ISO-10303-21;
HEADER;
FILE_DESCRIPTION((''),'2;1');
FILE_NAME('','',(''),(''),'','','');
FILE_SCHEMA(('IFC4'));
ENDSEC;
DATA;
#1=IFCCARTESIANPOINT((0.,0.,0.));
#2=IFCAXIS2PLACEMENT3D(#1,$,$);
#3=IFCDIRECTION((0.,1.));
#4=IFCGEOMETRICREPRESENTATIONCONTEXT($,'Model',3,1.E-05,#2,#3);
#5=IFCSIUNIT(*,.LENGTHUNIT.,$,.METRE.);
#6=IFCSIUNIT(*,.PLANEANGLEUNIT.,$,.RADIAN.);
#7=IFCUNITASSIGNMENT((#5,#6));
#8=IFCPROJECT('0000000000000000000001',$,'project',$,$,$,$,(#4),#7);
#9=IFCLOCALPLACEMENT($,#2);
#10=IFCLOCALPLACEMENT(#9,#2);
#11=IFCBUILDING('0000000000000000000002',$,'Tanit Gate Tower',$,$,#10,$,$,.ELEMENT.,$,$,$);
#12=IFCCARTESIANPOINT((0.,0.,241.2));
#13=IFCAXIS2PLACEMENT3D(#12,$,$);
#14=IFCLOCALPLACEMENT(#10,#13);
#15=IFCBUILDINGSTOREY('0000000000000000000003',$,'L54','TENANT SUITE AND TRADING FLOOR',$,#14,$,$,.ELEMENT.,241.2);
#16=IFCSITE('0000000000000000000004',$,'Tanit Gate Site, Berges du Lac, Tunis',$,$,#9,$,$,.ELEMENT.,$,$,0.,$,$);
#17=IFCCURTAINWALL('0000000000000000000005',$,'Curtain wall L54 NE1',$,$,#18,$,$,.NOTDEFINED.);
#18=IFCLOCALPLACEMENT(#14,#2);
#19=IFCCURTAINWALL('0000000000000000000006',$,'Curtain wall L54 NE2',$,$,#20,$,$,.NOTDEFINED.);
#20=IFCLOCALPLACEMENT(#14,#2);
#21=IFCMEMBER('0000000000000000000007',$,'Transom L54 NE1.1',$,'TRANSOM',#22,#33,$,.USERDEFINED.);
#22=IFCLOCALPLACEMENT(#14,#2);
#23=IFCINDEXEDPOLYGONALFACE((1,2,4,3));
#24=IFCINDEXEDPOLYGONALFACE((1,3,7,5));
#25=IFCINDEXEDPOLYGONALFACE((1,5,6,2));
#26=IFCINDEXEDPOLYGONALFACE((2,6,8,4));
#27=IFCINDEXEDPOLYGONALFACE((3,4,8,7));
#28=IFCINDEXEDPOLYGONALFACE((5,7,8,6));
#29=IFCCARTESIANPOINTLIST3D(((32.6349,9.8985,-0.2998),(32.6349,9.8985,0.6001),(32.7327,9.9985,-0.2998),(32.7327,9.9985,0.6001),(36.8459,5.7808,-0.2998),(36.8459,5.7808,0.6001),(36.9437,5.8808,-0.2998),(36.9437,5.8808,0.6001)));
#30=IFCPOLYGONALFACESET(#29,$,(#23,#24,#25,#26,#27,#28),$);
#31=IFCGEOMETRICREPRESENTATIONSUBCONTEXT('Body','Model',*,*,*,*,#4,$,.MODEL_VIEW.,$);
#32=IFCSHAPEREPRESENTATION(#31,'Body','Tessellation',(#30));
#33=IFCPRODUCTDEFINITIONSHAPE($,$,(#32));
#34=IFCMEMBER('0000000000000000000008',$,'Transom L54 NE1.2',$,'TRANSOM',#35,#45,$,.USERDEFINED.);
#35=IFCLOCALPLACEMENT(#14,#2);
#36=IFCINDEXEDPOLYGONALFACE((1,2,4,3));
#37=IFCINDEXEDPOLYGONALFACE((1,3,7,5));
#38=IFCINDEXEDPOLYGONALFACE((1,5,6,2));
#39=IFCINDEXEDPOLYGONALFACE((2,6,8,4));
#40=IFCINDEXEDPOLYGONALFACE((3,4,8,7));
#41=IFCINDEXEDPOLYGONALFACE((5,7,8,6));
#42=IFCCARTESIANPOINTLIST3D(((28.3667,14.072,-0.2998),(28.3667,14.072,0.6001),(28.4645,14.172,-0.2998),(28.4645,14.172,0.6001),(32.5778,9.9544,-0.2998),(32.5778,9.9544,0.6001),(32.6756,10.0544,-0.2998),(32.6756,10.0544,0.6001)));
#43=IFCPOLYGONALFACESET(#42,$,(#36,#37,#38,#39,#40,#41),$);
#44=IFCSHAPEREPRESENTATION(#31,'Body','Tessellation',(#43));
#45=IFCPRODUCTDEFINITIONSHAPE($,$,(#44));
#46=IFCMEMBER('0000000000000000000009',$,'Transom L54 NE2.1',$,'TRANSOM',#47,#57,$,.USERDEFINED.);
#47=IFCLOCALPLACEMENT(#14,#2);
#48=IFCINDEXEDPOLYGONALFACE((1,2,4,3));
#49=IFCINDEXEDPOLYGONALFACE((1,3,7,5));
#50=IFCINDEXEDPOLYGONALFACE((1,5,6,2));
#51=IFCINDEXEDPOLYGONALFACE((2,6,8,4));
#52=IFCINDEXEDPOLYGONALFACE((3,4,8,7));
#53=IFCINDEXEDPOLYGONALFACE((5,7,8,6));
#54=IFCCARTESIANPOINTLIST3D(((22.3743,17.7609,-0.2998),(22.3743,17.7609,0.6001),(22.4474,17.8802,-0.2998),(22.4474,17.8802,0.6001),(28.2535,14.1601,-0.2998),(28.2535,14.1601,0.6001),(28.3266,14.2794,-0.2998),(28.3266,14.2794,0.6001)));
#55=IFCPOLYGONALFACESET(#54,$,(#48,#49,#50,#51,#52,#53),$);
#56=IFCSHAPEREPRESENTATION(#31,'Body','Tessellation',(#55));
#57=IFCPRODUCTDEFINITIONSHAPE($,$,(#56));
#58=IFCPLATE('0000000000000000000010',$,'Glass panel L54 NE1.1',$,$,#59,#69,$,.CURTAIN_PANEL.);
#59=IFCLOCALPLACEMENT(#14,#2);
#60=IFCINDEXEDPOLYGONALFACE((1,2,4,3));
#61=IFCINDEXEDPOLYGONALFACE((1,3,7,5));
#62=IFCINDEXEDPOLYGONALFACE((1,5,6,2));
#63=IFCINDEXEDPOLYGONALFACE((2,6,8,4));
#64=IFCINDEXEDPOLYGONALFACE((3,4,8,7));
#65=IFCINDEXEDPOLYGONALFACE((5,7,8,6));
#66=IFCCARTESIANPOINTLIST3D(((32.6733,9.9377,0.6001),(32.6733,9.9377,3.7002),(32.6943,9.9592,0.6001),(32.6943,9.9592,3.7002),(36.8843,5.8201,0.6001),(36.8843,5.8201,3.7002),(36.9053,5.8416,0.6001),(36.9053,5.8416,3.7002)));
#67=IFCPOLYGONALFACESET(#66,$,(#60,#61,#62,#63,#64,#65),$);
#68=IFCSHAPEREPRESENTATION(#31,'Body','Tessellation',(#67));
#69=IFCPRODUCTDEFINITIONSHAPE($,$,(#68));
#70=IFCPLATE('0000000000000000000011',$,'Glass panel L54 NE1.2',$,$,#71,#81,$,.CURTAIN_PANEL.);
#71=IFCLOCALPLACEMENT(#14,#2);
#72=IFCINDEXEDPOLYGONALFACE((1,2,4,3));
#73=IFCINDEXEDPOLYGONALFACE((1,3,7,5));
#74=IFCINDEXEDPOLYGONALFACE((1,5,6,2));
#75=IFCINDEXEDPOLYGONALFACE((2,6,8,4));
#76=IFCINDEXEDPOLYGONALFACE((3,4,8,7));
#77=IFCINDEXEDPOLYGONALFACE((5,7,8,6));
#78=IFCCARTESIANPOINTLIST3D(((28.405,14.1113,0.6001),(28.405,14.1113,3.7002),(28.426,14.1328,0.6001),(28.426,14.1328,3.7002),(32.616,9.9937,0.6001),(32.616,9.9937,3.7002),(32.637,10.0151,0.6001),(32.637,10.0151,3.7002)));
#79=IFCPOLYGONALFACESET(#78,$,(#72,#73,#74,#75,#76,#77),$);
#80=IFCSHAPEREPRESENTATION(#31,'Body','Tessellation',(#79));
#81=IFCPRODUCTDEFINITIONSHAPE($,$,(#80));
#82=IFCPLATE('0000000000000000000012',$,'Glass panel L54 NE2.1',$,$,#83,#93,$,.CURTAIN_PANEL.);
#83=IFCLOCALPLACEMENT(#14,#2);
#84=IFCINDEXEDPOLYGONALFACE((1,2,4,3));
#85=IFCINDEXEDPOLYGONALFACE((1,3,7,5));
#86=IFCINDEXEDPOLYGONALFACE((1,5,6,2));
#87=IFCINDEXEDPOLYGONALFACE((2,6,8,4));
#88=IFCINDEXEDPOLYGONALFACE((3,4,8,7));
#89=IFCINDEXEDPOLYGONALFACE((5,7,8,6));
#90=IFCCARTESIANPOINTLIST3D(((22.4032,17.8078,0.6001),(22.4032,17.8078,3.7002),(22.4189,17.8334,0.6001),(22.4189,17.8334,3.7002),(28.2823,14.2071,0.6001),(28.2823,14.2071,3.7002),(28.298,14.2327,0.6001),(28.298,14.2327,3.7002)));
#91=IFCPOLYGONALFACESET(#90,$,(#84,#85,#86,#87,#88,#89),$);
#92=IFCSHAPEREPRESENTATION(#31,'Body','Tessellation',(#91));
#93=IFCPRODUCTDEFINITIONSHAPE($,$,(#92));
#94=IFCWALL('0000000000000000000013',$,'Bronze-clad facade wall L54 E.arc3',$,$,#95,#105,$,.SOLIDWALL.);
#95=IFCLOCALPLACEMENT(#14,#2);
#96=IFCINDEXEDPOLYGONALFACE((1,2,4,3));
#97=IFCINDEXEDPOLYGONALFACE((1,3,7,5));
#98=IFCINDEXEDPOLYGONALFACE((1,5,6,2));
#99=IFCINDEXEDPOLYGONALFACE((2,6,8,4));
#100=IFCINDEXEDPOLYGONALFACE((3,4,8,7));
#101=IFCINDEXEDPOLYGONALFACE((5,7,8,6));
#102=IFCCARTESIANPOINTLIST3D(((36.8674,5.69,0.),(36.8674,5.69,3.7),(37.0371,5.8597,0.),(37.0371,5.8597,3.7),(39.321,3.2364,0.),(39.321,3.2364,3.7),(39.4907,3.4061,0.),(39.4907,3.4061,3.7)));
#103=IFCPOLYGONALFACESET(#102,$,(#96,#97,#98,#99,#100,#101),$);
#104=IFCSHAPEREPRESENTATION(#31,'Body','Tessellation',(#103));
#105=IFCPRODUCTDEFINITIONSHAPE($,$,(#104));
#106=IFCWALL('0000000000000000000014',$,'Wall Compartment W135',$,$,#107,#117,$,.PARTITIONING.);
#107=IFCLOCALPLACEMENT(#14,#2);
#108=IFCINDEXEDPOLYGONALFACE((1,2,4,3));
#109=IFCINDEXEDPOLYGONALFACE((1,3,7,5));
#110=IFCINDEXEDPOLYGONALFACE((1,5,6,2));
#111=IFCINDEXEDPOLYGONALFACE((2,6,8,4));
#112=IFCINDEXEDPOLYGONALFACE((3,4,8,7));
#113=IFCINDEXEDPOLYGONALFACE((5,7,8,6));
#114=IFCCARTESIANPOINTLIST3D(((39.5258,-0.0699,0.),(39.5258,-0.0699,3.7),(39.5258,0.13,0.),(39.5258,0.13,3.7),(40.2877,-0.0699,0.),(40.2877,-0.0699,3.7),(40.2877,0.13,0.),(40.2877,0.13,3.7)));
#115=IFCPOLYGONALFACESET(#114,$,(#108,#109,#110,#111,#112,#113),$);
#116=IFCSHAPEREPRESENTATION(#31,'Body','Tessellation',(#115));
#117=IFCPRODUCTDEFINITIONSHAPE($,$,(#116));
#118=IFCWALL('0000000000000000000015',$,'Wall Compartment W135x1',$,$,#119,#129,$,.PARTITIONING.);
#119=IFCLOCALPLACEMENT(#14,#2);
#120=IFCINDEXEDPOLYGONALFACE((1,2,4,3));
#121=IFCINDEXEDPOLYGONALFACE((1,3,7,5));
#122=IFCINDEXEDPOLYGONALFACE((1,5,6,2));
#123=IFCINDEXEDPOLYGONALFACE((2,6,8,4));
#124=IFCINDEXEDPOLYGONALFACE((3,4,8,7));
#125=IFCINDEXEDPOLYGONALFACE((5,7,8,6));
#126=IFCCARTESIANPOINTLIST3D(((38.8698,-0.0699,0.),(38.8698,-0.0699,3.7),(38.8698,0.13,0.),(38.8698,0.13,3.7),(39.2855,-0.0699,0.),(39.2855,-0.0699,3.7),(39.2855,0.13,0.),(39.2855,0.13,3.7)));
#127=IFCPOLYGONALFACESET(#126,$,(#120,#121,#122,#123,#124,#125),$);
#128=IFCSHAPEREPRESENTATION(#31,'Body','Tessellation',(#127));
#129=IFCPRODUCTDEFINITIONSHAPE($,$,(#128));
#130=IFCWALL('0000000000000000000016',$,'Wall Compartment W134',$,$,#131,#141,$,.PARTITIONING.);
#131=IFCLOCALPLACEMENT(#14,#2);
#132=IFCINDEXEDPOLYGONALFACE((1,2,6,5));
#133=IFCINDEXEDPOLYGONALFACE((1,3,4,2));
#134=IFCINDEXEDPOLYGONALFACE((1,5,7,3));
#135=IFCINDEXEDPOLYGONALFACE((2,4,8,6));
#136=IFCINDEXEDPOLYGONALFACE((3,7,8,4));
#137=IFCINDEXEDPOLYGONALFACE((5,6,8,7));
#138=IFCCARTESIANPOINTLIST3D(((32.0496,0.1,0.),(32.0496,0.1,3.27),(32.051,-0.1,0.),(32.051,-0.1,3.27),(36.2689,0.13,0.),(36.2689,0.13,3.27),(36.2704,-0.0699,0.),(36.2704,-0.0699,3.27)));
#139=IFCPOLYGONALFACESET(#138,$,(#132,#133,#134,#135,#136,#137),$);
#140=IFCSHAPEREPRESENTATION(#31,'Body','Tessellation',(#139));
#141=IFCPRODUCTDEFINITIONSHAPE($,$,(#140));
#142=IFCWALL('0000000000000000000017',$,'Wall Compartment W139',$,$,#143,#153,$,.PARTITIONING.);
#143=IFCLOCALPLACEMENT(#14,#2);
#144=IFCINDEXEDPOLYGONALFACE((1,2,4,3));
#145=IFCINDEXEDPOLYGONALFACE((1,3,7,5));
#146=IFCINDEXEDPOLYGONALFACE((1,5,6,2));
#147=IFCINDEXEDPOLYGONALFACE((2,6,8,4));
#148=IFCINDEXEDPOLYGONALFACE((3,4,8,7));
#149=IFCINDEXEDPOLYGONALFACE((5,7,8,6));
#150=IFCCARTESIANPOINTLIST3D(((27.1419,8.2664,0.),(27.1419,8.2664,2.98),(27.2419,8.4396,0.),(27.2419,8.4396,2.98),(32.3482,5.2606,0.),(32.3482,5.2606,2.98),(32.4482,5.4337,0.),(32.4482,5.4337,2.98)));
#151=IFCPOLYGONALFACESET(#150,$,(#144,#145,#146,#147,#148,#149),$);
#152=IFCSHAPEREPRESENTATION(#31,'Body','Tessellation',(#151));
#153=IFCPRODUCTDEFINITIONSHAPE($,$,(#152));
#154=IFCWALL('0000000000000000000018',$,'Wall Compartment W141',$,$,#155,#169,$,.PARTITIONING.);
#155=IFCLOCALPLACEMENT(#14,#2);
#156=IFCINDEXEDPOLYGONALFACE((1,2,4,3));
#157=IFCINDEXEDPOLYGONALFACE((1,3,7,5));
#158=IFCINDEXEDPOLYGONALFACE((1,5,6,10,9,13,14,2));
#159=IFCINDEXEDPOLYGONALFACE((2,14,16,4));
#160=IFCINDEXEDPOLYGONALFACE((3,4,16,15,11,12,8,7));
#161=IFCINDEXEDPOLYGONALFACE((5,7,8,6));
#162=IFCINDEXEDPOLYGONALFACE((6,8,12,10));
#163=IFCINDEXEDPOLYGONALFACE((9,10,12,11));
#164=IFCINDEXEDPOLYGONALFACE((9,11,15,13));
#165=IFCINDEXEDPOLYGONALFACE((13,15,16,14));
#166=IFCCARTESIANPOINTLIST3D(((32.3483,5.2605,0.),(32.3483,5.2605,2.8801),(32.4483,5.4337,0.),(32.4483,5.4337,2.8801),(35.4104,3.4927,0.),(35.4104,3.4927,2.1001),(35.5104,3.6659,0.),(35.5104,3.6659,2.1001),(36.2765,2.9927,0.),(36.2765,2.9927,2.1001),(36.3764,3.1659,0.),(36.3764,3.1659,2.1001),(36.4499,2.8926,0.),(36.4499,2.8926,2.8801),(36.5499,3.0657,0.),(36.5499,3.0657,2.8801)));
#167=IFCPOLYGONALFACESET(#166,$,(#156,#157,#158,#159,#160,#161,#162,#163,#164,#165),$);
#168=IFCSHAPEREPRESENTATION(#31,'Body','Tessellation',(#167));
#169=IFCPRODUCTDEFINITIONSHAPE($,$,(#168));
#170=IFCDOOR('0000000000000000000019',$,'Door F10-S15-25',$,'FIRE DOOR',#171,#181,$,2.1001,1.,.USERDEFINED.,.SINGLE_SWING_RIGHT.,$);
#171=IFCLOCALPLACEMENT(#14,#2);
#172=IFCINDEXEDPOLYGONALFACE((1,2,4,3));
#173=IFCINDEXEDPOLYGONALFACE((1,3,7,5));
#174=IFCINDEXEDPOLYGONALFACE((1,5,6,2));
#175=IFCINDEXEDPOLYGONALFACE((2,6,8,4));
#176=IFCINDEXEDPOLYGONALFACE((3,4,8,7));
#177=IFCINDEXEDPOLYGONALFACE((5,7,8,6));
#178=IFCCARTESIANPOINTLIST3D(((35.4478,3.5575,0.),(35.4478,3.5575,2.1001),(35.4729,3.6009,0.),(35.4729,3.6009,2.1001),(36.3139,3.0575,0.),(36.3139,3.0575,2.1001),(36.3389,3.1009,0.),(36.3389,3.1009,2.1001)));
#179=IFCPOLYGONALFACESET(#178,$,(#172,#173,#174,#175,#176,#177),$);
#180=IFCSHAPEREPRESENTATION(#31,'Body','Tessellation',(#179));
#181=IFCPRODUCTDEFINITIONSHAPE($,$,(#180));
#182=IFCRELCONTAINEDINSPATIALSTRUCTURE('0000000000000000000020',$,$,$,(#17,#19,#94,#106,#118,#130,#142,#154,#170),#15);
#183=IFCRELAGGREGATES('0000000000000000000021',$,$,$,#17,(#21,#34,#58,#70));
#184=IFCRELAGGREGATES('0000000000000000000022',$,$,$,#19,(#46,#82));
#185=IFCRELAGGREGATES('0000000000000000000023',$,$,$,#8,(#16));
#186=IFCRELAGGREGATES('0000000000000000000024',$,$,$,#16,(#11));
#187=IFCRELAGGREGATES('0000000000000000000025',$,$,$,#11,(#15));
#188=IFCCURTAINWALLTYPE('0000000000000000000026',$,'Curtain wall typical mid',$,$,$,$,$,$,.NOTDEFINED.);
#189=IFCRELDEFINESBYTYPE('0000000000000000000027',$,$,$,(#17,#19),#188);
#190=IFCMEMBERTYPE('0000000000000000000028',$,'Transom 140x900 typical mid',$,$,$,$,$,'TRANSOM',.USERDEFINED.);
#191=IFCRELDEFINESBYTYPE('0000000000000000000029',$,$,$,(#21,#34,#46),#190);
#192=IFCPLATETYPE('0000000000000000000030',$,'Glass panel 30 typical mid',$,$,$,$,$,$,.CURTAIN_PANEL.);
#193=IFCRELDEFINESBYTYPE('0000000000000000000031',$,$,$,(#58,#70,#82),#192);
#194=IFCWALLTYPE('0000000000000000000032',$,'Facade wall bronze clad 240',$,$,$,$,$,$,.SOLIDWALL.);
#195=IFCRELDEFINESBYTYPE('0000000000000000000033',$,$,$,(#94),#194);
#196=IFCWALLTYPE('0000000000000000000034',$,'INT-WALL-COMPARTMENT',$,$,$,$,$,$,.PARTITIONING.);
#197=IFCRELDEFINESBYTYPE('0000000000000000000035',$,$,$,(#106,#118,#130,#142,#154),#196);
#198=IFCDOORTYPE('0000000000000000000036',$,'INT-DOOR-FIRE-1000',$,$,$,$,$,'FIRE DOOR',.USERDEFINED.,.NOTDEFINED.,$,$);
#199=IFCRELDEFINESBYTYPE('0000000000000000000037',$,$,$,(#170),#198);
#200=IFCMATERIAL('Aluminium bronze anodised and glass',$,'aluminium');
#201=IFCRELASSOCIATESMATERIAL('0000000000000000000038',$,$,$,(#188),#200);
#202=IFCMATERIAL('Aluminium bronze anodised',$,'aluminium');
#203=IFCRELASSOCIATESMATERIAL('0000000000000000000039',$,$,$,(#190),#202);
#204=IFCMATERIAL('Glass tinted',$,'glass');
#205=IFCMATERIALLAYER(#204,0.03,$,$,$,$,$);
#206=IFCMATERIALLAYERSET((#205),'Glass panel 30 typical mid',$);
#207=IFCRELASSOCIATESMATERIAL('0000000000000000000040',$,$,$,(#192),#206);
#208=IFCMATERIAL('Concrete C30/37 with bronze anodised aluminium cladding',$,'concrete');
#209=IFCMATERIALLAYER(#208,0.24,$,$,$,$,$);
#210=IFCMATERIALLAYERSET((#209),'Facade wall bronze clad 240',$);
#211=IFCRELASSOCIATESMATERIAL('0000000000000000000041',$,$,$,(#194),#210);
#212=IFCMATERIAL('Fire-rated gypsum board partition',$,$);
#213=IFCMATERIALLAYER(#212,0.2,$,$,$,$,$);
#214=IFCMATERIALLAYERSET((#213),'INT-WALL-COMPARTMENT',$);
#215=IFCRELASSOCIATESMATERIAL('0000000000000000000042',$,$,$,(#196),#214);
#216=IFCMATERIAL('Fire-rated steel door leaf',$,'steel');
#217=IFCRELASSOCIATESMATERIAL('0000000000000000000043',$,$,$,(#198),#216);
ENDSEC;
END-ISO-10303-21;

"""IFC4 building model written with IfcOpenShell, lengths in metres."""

from ifc_helpers import new_model, si_unit, direction, frame, frame_2d, origin, origin_2d, place, context, subcontext, project, spatial, rectangle, extrude, material, layer, layer_set, material_profile, profile_set, type_object, element, fill, aggregate, save


model = new_model("IFC4")

# Units and contexts
model_context = context("Model", 3, precision=1e-05, world=origin(), true_north=direction((0.0, 1.0)))
body_context = subcontext(model_context, "Body", "Model", "MODEL_VIEW")
ifc_project = project(units=[si_unit("LENGTHUNIT", "METRE"), si_unit("PLANEANGLEUNIT", "RADIAN")], contexts=[model_context])

# Site, building, storey
site_placement = place(None, origin())
site = spatial("IfcSite", under=ifc_project, at=site_placement, Name="Tanit Gate Site, Berges du Lac, Tunis", CompositionType="ELEMENT", RefElevation=0.0)
building_placement = place(site_placement, origin())
building = spatial("IfcBuilding", under=site, at=building_placement, Name="Tanit Gate Tower", CompositionType="ELEMENT")
storey_placement = place(building_placement, frame((0.0, 0.0, 241.2)))
storey = spatial("IfcBuildingStorey", under=building, at=storey_placement, Name="L54", Description="TENANT SUITE AND TRADING FLOOR", CompositionType="ELEMENT", Elevation=241.2)

# Curtain walls
ifc_material_1 = material(Name="Aluminium bronze anodised and glass", Category="aluminium")
curtain_wall_type = type_object("IfcCurtainWallType", Name="Curtain wall typical mid", PredefinedType="NOTDEFINED", material=ifc_material_1)
curtain_wall_1_placement = place(storey_placement, origin())
curtain_wall_1 = element("IfcCurtainWall", 1, at=curtain_wall_1_placement, inside=storey, type_object=curtain_wall_type, Name="Curtain wall L54 NE1", PredefinedType="NOTDEFINED")
curtain_wall_2_placement = place(storey_placement, origin())
curtain_wall_2 = element("IfcCurtainWall", 2, at=curtain_wall_2_placement, inside=storey, type_object=curtain_wall_type, Name="Curtain wall L54 NE2", PredefinedType="NOTDEFINED")

# Members
ifc_material_2 = material(Name="Aluminium bronze anodised", Category="aluminium")
ifc_material_profile_1 = material_profile(ifc_material_2, rectangle(XDim=0.1399, YDim=0.8999, at=origin_2d()), Name="140x900 bronze transom")
ifc_profile_set_1 = profile_set([ifc_material_profile_1], Name="Aluminium bronze anodised")
member_type_1 = type_object("IfcMemberType", Name="Transom 140x900 typical mid", ElementType="TRANSOM", PredefinedType="USERDEFINED", material=ifc_profile_set_1)
member_1_placement = place(storey_placement, frame((36.8948, 5.8308, 0.1501), z_axis=(-0.71498, 0.699145, 0.0), x_axis=(-0.699145, -0.71498, 0.0)))
member_1 = element("IfcMember", 3, at=member_1_placement, type_object=member_type_1, Name="Transom L54 NE1.1", ObjectType="TRANSOM", PredefinedType="USERDEFINED", context=body_context, shape_type="SweptSolid", body=[
    extrude(rectangle(XDim=0.1399, YDim=0.8999, at=origin_2d()), origin(), (0.0, 0.0, 1.0), 5.8896),
])
member_2_placement = place(storey_placement, frame((32.6267, 10.0044, 0.1501), z_axis=(-0.715, 0.699124, 0.0), x_axis=(-0.699124, -0.715, 0.0)))
member_2 = element("IfcMember", 4, at=member_2_placement, type_object=member_type_1, Name="Transom L54 NE1.2", ObjectType="TRANSOM", PredefinedType="USERDEFINED", context=body_context, shape_type="SweptSolid", body=[
    extrude(rectangle(XDim=0.1399, YDim=0.8999, at=origin_2d()), origin(), (0.0, 0.0, 1.0), 5.8896),
])
member_3_placement = place(storey_placement, frame((28.29, 14.2197, 0.1501), z_axis=(-0.852764, 0.522296, 0.0), x_axis=(-0.522296, -0.852764, 0.0)))
member_3 = element("IfcMember", 5, at=member_3_placement, type_object=member_type_1, Name="Transom L54 NE2.1", ObjectType="TRANSOM", PredefinedType="USERDEFINED", context=body_context, shape_type="SweptSolid", body=[
    extrude(rectangle(XDim=0.1399, YDim=0.8999, at=origin_2d()), origin(), (0.0, 0.0, 1.0), 6.8943),
])

# Plates
ifc_material_3 = material(Name="Glass tinted", Category="glass")
ifc_layer_1 = layer(ifc_material_3, 0.03)
ifc_layer_set_1 = layer_set([ifc_layer_1], Name="Glass panel 30 typical mid")
plate_type = type_object("IfcPlateType", Name="Glass panel 30 typical mid", PredefinedType="CURTAIN_PANEL", material=ifc_layer_set_1)
plate_1_placement = place(storey_placement, frame((34.7893, 7.8896, 0.6001), z_axis=(0.0, 0.0, 1.0), x_axis=(-0.71499, 0.699135, 0.0)))
plate_1 = element("IfcPlate", 6, at=plate_1_placement, type_object=plate_type, Name="Glass panel L54 NE1.1", PredefinedType="CURTAIN_PANEL", context=body_context, shape_type="SweptSolid", body=[
    extrude(rectangle(XDim=5.8896, YDim=0.03, at=origin_2d()), origin(), (0.0, 0.0, 1.0), 3.1001),
])
plate_2_placement = place(storey_placement, frame((30.521, 12.0632, 0.6001), z_axis=(0.0, 0.0, 1.0), x_axis=(-0.71499, 0.699135, 0.0)))
plate_2 = element("IfcPlate", 7, at=plate_2_placement, type_object=plate_type, Name="Glass panel L54 NE1.2", PredefinedType="CURTAIN_PANEL", context=body_context, shape_type="SweptSolid", body=[
    extrude(rectangle(XDim=5.8896, YDim=0.03, at=origin_2d()), origin(), (0.0, 0.0, 1.0), 3.1001),
])
aggregate(curtain_wall_1, [member_1, member_2, plate_1, plate_2])
plate_3_placement = place(storey_placement, frame((25.3506, 16.0203, 0.6001), z_axis=(0.0, 0.0, 1.0), x_axis=(-0.852772, 0.522283, 0.0)))
plate_3 = element("IfcPlate", 8, at=plate_3_placement, type_object=plate_type, Name="Glass panel L54 NE2.1", PredefinedType="CURTAIN_PANEL", context=body_context, shape_type="SweptSolid", body=[
    extrude(rectangle(XDim=6.894, YDim=0.03, at=origin_2d()), origin(), (0.0, 0.0, 1.0), 3.1001),
])
aggregate(curtain_wall_2, [member_3, plate_3])

# Walls
ifc_material_4 = material(Name="Concrete C30/37 with bronze anodised aluminium cladding", Category="concrete")
ifc_layer_2 = layer(ifc_material_4, 0.24)
ifc_layer_set_2 = layer_set([ifc_layer_2], Name="Facade wall bronze clad 240")
wall_type_1 = type_object("IfcWallType", Name="Facade wall bronze clad 240", PredefinedType="SOLIDWALL", material=ifc_layer_set_2)
wall_1_placement = place(storey_placement, frame((39.4058, 3.3213, 0.0), z_axis=(0.0, 0.0, 1.0), x_axis=(-0.707107, 0.707107, 0.0)))
element("IfcWall", 9, at=wall_1_placement, inside=storey, type_object=wall_type_1, Name="Bronze-clad facade wall L54 E.arc3", PredefinedType="SOLIDWALL", context=body_context, shape_type="SweptSolid", body=[
    extrude(rectangle(XDim=3.47, YDim=0.24, at=frame_2d((1.7349, 0.0))), origin(), (0.0, 0.0, 1.0), 3.7),
])
ifc_material_5 = material(Name="Fire-rated gypsum board partition")
ifc_layer_3 = layer(ifc_material_5, 0.2)
ifc_layer_set_3 = layer_set([ifc_layer_3], Name="INT-WALL-COMPARTMENT")
wall_type_2 = type_object("IfcWallType", Name="INT-WALL-COMPARTMENT", PredefinedType="PARTITIONING", material=ifc_layer_set_3)
wall_2_placement = place(storey_placement, frame((40.2876, 0.03, 0.0), z_axis=(0.0, 0.0, 1.0), x_axis=(-1.0, 0.0, 0.0)))
element("IfcWall", 10, at=wall_2_placement, inside=storey, type_object=wall_type_2, Name="Wall Compartment W135", PredefinedType="PARTITIONING", context=body_context, shape_type="SweptSolid", body=[
    extrude(rectangle(XDim=0.762, YDim=0.2, at=frame_2d((0.3809, 0.0))), origin(), (0.0, 0.0, 1.0), 3.7),
])
wall_3_placement = place(storey_placement, frame((39.2856, 0.03, 0.0), z_axis=(0.0, 0.0, 1.0), x_axis=(-1.0, 0.0, 0.0)))
element("IfcWall", 11, at=wall_3_placement, inside=storey, type_object=wall_type_2, Name="Wall Compartment W135x1", PredefinedType="PARTITIONING", context=body_context, shape_type="SweptSolid", body=[
    extrude(rectangle(XDim=0.4158, YDim=0.2, at=frame_2d((0.208, 0.0))), origin(), (0.0, 0.0, 1.0), 3.7),
])
wall_4_placement = place(storey_placement, frame((36.2698, 0.03, 0.0), z_axis=(0.0, 0.0, 1.0), x_axis=(-0.999975, -0.007117, 0.0)))
element("IfcWall", 12, at=wall_4_placement, inside=storey, type_object=wall_type_2, Name="Wall Compartment W134", PredefinedType="PARTITIONING", context=body_context, shape_type="SweptSolid", body=[
    extrude(rectangle(XDim=4.2195, YDim=0.2, at=frame_2d((2.1099, 0.0))), origin(), (0.0, 0.0, 1.0), 3.27),
])
wall_5_placement = place(storey_placement, frame((27.1919, 8.353, 0.0), z_axis=(0.0, 0.0, 1.0), x_axis=(0.866025, -0.5, 0.0)))
element("IfcWall", 13, at=wall_5_placement, inside=storey, type_object=wall_type_2, Name="Wall Compartment W139", PredefinedType="PARTITIONING", context=body_context, shape_type="SweptSolid", body=[
    extrude(rectangle(XDim=6.0117, YDim=0.2, at=frame_2d((3.0059, 0.0))), origin(), (0.0, 0.0, 1.0), 2.98),
])

# Wall, opening, door
wall_6_placement = place(storey_placement, frame((32.3982, 5.3472, 0.0), z_axis=(0.0, 0.0, 1.0), x_axis=(0.866036, -0.499981, 0.0)))
wall_6 = element("IfcWall", 14, at=wall_6_placement, inside=storey, type_object=wall_type_2, Name="Wall Compartment W141", PredefinedType="PARTITIONING", context=body_context, shape_type="SweptSolid", body=[
    extrude(rectangle(XDim=4.7361, YDim=0.2, at=frame_2d((2.3682, 0.0))), origin(), (0.0, 0.0, 1.0), 2.8801),
])
opening_placement = place(wall_6_placement, frame((3.5359, 0.0, 0.0)))
opening = element("IfcOpeningElement", 15, at=opening_placement, cuts=wall_6, PredefinedType="OPENING", context=body_context, shape_type="SweptSolid", body=[
    extrude(rectangle(XDim=1.0, YDim=2.1001, at=frame_2d((0.5, 1.05))), frame((0.0, 0.1099, 0.0), z_axis=(0.0, -1.0, 0.0), x_axis=(1.0, 0.0, 0.0)), (0.0, 0.0, 1.0), 0.22),
])
ifc_material_6 = material(Name="Fire-rated steel door leaf", Category="steel")
door_type = type_object("IfcDoorType", Name="INT-DOOR-FIRE-1000", ElementType="FIRE DOOR", OperationType="NOTDEFINED", PredefinedType="USERDEFINED", material=ifc_material_6)
door_placement = place(opening_placement, origin())
door = element("IfcDoor", 16, at=door_placement, inside=storey, type_object=door_type, Name="Door F10-S15-25", ObjectType="FIRE DOOR", OperationType="SINGLE_SWING_RIGHT", OverallHeight=2.1001, OverallWidth=1.0, PredefinedType="USERDEFINED", context=body_context, shape_type="SweptSolid", body=[
    extrude(rectangle(XDim=1.0, YDim=2.1001, at=frame_2d((0.5, 1.05))), frame((0.0, 0.0249, 0.0), z_axis=(0.0, -1.0, 0.0), x_axis=(1.0, 0.0, 0.0)), (0.0, 0.0, 1.0), 0.05),
])
fill(opening, door)

save(model, "model.ifc")
